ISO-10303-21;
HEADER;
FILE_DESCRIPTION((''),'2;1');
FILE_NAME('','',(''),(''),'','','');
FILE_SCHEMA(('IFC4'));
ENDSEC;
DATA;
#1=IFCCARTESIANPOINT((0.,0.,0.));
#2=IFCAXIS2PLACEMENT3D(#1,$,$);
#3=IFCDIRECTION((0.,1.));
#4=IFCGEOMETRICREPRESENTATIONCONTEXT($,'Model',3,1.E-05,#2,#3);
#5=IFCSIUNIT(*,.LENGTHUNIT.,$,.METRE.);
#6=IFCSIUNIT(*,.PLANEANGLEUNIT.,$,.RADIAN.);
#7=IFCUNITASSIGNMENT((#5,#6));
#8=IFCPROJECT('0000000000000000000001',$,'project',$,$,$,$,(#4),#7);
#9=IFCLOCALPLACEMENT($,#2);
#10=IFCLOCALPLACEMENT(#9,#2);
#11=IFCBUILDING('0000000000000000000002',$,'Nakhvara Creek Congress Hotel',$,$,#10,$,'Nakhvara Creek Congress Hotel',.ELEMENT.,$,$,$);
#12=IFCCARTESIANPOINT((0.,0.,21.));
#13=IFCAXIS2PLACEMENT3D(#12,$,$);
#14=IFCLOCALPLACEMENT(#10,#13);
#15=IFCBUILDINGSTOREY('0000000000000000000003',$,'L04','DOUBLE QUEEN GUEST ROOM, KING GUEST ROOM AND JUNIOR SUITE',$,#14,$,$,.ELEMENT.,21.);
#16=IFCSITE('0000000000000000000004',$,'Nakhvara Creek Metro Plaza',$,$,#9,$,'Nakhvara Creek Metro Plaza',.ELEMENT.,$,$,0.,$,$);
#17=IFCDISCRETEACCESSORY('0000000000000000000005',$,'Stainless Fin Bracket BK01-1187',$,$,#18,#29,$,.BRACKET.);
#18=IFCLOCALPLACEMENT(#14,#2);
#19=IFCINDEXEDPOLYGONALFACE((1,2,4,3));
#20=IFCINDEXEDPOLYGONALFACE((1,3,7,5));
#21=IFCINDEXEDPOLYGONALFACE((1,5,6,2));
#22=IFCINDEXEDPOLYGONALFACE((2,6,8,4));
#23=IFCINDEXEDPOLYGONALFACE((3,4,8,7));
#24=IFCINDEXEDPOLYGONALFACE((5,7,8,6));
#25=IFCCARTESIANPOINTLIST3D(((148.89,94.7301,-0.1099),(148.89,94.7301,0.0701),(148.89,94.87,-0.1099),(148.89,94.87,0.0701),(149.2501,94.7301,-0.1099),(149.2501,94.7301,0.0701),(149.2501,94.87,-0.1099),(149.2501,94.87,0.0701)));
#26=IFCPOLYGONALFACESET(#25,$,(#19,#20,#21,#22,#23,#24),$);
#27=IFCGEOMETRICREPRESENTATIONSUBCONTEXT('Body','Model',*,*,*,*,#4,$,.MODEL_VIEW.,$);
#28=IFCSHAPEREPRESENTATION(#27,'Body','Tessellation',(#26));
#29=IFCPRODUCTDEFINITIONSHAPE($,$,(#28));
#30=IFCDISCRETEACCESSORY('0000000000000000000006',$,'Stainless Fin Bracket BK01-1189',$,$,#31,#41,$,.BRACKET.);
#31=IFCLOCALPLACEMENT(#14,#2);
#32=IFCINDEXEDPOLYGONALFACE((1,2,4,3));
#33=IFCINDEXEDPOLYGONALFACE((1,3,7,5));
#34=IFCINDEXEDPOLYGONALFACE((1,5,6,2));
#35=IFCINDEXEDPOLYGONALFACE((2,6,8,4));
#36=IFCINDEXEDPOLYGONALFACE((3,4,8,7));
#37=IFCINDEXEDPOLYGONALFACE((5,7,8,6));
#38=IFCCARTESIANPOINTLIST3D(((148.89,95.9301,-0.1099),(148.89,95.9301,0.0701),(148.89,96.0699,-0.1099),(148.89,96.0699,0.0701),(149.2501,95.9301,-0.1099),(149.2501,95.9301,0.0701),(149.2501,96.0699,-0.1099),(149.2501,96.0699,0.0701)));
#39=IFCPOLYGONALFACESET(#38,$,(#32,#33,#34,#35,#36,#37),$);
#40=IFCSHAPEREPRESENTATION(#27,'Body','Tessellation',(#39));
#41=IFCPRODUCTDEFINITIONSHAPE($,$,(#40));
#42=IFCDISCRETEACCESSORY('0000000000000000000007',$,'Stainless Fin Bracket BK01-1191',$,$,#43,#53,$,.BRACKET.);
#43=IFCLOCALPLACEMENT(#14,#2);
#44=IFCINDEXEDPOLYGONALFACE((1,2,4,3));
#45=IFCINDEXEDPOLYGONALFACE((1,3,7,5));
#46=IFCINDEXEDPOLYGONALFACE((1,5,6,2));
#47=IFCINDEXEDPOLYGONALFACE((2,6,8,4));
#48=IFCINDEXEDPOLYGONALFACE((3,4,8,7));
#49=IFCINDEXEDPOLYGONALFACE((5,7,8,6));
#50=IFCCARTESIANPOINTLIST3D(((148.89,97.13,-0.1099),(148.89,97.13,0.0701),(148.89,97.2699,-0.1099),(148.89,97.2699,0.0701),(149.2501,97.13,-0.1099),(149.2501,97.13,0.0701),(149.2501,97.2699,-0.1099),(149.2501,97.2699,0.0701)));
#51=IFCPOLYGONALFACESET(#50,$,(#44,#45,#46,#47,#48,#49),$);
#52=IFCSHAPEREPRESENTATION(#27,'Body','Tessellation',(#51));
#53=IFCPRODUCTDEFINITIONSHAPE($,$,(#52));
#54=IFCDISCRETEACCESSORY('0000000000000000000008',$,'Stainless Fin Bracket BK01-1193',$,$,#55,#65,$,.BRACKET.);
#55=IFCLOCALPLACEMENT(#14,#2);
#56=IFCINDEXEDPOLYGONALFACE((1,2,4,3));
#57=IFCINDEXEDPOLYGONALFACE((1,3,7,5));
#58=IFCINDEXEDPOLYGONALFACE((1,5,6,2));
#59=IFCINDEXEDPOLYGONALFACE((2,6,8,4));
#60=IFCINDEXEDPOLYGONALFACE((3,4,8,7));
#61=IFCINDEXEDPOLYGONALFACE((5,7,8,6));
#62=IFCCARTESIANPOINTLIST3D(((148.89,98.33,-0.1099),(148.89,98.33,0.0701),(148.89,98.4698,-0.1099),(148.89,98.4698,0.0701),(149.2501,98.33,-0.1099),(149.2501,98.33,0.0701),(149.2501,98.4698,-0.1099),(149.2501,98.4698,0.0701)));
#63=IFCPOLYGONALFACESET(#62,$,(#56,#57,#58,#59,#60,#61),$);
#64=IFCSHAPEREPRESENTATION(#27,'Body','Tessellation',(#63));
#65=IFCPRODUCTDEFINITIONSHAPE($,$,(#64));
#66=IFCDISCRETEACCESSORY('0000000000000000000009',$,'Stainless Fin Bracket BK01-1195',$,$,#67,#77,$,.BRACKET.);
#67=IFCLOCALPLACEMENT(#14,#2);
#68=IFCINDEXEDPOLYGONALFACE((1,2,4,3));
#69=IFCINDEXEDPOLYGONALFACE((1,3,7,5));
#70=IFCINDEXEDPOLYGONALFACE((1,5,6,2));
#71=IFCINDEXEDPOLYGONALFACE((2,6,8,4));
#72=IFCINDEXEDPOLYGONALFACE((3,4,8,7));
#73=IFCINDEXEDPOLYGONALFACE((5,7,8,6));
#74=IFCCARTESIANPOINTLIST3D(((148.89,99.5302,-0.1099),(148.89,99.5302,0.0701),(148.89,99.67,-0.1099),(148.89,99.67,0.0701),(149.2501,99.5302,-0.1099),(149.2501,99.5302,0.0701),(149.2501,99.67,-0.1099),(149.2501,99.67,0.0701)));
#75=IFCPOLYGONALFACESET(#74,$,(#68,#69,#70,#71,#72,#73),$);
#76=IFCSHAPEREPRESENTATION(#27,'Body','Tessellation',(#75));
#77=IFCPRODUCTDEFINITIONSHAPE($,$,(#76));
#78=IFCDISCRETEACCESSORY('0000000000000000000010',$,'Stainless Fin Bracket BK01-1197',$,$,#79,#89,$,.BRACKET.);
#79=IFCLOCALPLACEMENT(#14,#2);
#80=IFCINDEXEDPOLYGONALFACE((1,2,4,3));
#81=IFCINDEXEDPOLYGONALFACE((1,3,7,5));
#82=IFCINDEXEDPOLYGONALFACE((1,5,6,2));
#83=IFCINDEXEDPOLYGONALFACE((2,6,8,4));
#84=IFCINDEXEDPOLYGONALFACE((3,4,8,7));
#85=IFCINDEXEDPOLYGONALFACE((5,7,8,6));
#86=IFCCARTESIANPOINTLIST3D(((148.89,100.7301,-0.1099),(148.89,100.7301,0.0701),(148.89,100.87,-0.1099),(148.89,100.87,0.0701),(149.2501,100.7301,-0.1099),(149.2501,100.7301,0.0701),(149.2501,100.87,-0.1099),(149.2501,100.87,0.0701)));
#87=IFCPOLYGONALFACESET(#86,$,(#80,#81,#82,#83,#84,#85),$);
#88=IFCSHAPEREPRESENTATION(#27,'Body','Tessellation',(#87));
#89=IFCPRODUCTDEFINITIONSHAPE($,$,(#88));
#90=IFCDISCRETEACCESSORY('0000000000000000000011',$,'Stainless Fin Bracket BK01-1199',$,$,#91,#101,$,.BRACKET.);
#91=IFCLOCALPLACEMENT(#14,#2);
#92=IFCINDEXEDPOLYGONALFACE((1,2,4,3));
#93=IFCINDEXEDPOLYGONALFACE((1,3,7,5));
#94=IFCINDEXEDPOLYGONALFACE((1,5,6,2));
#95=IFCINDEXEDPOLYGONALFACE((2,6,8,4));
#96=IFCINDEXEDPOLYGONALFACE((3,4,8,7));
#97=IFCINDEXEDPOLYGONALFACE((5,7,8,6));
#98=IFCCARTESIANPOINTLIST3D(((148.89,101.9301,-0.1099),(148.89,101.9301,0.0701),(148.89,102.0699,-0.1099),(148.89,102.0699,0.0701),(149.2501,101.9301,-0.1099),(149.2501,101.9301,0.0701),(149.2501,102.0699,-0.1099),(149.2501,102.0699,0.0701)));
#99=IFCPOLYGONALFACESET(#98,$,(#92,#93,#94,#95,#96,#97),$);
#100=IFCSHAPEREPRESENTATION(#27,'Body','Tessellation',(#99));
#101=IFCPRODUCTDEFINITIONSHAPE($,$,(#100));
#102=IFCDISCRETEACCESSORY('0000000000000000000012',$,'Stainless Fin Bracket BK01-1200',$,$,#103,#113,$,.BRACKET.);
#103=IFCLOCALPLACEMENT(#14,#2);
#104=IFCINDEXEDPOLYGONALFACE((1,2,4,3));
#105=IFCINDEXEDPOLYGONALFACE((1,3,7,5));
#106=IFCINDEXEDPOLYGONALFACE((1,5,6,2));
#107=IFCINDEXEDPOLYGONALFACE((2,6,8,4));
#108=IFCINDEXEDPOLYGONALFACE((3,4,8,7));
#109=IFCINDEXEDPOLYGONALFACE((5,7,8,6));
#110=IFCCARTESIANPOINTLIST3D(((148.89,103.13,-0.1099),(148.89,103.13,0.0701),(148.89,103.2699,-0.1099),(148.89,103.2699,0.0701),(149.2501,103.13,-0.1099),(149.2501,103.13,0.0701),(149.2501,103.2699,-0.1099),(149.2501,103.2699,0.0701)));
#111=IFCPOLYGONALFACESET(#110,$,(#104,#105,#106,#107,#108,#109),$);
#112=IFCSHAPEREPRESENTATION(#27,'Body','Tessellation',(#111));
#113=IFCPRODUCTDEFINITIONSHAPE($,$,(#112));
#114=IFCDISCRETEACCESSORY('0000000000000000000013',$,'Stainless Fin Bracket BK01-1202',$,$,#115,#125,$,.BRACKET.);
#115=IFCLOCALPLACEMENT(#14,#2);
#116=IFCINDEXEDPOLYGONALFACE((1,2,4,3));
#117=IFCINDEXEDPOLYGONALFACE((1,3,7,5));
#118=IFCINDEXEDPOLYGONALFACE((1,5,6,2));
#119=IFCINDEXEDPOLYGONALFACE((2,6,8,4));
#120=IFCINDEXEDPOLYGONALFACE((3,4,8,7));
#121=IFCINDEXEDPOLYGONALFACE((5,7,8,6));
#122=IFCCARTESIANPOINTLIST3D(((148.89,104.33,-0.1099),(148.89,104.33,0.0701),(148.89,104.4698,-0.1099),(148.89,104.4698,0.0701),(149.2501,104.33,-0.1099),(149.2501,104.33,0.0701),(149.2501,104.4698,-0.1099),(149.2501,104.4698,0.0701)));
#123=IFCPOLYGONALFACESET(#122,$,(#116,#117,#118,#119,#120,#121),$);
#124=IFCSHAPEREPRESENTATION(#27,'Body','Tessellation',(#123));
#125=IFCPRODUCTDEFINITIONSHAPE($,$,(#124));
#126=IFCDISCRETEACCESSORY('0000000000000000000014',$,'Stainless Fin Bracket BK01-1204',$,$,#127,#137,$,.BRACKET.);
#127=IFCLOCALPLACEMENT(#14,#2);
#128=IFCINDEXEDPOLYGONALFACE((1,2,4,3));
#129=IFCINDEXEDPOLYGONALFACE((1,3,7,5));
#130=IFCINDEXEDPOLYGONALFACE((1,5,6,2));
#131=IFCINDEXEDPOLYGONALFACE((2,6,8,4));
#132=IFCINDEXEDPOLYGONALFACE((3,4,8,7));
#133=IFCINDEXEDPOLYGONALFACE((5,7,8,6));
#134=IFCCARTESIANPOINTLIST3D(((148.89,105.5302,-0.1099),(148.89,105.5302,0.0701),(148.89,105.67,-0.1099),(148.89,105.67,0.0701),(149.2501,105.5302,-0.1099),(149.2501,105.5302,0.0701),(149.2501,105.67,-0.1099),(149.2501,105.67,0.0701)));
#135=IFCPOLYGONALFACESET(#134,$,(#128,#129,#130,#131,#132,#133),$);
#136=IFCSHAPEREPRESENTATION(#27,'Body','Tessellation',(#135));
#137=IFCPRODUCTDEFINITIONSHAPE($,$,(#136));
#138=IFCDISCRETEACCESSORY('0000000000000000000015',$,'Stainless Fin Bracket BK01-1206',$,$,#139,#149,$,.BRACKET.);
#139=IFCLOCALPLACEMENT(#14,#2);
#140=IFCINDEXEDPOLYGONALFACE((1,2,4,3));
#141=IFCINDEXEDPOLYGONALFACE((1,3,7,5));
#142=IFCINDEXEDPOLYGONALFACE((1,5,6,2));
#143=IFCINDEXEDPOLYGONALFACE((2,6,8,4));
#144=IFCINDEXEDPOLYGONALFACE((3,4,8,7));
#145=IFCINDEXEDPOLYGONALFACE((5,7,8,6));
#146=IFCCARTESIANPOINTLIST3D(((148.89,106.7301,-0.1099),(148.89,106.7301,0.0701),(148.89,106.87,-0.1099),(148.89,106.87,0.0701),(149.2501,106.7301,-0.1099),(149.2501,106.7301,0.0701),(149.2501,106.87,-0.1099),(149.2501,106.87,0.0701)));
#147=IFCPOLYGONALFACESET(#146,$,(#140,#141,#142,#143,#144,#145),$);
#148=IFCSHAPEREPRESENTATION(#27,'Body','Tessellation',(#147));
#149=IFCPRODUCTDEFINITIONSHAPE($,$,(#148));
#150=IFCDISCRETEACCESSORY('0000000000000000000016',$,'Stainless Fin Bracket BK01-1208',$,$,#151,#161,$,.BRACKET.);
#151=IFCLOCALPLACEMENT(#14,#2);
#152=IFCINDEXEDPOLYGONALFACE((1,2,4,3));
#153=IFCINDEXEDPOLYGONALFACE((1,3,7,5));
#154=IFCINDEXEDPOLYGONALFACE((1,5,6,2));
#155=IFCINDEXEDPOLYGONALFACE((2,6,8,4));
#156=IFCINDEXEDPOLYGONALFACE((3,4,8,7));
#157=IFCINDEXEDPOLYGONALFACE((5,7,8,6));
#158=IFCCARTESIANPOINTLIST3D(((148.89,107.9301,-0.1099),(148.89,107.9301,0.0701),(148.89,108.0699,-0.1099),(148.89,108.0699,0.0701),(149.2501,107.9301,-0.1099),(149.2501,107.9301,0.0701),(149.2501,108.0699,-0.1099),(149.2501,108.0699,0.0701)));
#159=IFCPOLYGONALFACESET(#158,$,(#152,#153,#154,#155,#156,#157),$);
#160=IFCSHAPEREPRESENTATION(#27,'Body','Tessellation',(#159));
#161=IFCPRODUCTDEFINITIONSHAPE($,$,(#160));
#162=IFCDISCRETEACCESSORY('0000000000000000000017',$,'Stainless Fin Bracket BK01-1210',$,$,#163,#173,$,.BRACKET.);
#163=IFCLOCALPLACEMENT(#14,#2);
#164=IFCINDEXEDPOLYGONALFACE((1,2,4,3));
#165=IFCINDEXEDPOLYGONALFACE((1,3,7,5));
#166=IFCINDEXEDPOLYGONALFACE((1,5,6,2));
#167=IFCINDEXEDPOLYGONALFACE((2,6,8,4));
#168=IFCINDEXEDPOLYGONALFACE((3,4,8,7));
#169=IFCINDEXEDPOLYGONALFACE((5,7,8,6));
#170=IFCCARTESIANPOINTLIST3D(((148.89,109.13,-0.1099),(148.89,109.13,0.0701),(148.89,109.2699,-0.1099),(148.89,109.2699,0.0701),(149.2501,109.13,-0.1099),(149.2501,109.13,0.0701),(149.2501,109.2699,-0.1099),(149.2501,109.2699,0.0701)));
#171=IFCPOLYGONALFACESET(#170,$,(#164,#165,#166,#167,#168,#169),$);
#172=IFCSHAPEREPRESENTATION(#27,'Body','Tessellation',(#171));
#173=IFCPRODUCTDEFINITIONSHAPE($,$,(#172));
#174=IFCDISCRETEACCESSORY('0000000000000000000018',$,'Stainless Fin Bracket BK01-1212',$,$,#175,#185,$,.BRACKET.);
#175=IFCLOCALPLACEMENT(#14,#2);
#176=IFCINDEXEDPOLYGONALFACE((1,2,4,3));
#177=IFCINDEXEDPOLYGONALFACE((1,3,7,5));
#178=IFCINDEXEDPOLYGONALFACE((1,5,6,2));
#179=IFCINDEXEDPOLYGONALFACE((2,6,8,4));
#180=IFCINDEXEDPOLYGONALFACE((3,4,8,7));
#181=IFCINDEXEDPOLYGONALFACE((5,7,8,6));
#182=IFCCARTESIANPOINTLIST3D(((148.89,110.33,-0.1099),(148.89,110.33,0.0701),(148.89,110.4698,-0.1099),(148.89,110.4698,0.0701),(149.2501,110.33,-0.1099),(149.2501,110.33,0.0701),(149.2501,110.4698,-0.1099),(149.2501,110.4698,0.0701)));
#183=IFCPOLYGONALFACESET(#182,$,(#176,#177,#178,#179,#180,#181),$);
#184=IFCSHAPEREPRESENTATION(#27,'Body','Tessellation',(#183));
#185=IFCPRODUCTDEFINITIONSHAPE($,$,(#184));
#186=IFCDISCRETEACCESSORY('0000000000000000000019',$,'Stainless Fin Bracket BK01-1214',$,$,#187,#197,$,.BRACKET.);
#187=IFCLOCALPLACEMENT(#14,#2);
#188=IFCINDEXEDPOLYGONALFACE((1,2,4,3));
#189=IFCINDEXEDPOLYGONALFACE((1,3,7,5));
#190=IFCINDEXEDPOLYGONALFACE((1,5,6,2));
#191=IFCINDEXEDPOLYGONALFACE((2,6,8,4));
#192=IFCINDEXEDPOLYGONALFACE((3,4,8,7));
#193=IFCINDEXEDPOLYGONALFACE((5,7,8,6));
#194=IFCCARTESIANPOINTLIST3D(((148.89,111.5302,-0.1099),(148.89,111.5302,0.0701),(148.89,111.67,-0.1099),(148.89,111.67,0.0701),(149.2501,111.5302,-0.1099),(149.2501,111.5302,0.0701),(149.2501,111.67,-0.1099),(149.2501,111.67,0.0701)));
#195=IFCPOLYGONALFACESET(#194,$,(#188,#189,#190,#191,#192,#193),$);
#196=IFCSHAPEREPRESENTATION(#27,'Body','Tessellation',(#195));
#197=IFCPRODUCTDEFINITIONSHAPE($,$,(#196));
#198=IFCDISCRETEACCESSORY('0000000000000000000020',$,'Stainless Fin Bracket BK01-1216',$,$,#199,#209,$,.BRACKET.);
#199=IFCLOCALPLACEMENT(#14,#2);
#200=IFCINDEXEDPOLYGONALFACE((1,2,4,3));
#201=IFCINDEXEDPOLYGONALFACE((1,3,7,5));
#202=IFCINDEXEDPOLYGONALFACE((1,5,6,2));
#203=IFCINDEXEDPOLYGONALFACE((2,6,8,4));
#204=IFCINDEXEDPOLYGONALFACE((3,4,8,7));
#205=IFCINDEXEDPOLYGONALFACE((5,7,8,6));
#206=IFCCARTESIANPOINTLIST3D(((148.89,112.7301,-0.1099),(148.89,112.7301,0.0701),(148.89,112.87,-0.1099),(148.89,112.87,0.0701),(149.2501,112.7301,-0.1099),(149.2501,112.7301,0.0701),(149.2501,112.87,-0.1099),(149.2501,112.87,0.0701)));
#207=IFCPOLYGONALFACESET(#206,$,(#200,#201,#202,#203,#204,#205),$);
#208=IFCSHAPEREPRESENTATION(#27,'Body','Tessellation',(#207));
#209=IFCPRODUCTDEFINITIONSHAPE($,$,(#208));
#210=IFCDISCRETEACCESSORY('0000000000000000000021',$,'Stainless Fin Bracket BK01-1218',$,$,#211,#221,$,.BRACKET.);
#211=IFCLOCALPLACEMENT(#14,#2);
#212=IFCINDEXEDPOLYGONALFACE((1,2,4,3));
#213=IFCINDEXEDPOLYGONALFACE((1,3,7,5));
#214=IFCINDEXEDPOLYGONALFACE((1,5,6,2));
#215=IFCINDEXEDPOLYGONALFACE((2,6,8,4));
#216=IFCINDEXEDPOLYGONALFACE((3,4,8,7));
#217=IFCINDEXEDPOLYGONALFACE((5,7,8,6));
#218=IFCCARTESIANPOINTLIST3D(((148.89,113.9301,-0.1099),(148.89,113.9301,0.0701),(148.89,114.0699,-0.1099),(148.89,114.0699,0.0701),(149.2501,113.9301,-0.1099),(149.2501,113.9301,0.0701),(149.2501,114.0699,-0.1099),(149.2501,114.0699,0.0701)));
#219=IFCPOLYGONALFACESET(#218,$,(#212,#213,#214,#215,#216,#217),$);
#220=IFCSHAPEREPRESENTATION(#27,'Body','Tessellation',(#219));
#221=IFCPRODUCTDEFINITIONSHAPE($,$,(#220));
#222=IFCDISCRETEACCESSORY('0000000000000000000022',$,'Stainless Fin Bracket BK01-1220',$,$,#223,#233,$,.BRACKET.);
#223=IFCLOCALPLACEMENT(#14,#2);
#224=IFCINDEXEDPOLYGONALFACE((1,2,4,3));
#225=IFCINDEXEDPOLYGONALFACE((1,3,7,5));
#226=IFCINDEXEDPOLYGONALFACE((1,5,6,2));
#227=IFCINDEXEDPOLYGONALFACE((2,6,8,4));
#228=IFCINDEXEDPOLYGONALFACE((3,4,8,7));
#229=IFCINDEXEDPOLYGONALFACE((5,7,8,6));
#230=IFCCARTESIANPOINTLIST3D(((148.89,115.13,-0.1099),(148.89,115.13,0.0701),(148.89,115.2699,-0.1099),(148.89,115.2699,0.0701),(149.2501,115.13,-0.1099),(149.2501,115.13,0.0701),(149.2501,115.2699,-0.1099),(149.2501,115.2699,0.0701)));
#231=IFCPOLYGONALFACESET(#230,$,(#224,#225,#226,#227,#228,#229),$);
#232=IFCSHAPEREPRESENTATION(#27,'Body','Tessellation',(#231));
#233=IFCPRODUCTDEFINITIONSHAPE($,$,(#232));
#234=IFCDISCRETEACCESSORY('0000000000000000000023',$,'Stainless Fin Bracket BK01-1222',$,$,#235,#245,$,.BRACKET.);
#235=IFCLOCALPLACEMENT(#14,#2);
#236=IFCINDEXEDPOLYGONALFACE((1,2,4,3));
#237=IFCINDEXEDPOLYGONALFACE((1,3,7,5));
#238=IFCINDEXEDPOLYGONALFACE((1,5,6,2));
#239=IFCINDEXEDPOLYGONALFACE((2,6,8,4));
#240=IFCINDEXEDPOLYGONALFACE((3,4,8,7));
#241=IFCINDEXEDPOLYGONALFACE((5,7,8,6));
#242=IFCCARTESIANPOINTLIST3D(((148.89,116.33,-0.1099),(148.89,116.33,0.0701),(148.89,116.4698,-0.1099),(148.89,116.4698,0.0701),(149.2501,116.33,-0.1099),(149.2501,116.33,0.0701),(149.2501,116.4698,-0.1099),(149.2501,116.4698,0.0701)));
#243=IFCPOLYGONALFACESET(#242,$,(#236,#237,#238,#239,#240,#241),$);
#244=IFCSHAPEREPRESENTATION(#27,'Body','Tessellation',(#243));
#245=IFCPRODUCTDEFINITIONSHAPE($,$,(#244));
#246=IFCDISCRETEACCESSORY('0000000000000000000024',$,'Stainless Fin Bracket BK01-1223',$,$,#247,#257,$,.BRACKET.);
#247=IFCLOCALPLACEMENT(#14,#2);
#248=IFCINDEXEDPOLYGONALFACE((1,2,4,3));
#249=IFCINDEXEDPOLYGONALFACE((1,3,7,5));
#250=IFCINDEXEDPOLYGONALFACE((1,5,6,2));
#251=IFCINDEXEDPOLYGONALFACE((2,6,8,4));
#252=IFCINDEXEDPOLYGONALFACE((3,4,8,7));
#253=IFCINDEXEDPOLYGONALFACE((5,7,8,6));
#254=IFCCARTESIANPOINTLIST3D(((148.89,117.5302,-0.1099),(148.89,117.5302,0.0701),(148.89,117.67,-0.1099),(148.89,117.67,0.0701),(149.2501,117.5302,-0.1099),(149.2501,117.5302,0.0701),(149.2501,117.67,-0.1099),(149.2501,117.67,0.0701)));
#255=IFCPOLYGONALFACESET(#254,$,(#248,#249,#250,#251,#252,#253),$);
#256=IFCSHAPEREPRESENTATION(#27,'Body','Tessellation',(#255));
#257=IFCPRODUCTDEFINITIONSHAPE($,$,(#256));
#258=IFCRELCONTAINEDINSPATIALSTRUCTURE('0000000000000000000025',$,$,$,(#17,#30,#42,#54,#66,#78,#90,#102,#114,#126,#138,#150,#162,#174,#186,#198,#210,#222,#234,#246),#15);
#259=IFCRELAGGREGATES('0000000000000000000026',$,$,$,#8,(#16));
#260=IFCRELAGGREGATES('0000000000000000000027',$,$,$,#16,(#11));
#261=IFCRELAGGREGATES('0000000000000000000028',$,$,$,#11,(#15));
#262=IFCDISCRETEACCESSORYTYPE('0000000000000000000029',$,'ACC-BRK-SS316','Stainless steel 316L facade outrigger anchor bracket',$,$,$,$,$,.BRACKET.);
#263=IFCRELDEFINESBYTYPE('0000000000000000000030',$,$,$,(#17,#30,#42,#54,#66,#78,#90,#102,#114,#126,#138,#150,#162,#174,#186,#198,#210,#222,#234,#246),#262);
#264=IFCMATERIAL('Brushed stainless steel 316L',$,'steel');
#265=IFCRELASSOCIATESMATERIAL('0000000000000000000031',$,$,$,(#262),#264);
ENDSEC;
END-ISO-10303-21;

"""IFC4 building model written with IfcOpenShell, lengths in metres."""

from ifc_helpers import new_model, si_unit, direction, frame, origin, origin_2d, place, context, subcontext, project, spatial, rectangle, extrude, material, type_object, element, save


model = new_model("IFC4")

# Units and contexts
model_context = context("Model", 3, precision=1e-05, world=origin(), true_north=direction((0.0, 1.0)))
body_context = subcontext(model_context, "Body", "Model", "MODEL_VIEW")
ifc_project = project(units=[si_unit("LENGTHUNIT", "METRE"), si_unit("PLANEANGLEUNIT", "RADIAN")], contexts=[model_context])

# Site, building, storey
site_placement = place(None, origin())
site = spatial("IfcSite", under=ifc_project, at=site_placement, Name="Nakhvara Creek Metro Plaza", LongName="Nakhvara Creek Metro Plaza", CompositionType="ELEMENT", RefElevation=0.0)
building_placement = place(site_placement, origin())
building = spatial("IfcBuilding", under=site, at=building_placement, Name="Nakhvara Creek Congress Hotel", LongName="Nakhvara Creek Congress Hotel", CompositionType="ELEMENT")
storey_placement = place(building_placement, frame((0.0, 0.0, 21.0)))
storey = spatial("IfcBuildingStorey", under=building, at=storey_placement, Name="L04", Description="DOUBLE QUEEN GUEST ROOM, KING GUEST ROOM AND JUNIOR SUITE", CompositionType="ELEMENT", Elevation=21.0)

# Discrete accessories
ifc_material = material(Name="Brushed stainless steel 316L", Category="steel")
discrete_accessory_type = type_object("IfcDiscreteAccessoryType", Name="ACC-BRK-SS316", Description="Stainless steel 316L facade outrigger anchor bracket", PredefinedType="BRACKET", material=ifc_material)
for number, where, z_axis, x_axis, name in (
    (1, (149.0701, 94.8, -0.1099), (0.0, 0.0, 1.0), (0.0, 1.0, 0.0), "Stainless Fin Bracket BK01-1187"),
    (2, (149.0701, 96.0, -0.1099), (0.0, 0.0, 1.0), (0.0, 1.0, 0.0), "Stainless Fin Bracket BK01-1189"),
    (3, (149.0701, 97.2, -0.1099), (0.0, 0.0, 1.0), (0.0, 1.0, 0.0), "Stainless Fin Bracket BK01-1191"),
    (4, (149.0701, 98.3999, -0.1099), (0.0, 0.0, 1.0), (0.0, 1.0, 0.0), "Stainless Fin Bracket BK01-1193"),
    (5, (149.0701, 99.6001, -0.1099), (0.0, 0.0, 1.0), (0.0, 1.0, 0.0), "Stainless Fin Bracket BK01-1195"),
    (6, (149.0701, 100.8, -0.1099), (0.0, 0.0, 1.0), (0.0, 1.0, 0.0), "Stainless Fin Bracket BK01-1197"),
    (7, (149.0701, 102.0, -0.1099), (0.0, 0.0, 1.0), (0.0, 1.0, 0.0), "Stainless Fin Bracket BK01-1199"),
    (8, (149.0701, 103.2, -0.1099), (0.0, 0.0, 1.0), (0.0, 1.0, 0.0), "Stainless Fin Bracket BK01-1200"),
    (9, (149.0701, 104.3999, -0.1099), (0.0, 0.0, 1.0), (0.0, 1.0, 0.0), "Stainless Fin Bracket BK01-1202"),
    (10, (149.0701, 105.6001, -0.1099), (0.0, 0.0, 1.0), (0.0, 1.0, 0.0), "Stainless Fin Bracket BK01-1204"),
    (11, (149.0701, 106.8, -0.1099), (0.0, 0.0, 1.0), (0.0, 1.0, 0.0), "Stainless Fin Bracket BK01-1206"),
    (12, (149.0701, 108.0, -0.1099), (0.0, 0.0, 1.0), (0.0, 1.0, 0.0), "Stainless Fin Bracket BK01-1208"),
    (13, (149.0701, 109.2, -0.1099), (0.0, 0.0, 1.0), (0.0, 1.0, 0.0), "Stainless Fin Bracket BK01-1210"),
    (14, (149.0701, 110.3999, -0.1099), (0.0, 0.0, 1.0), (0.0, 1.0, 0.0), "Stainless Fin Bracket BK01-1212"),
    (15, (149.0701, 111.6001, -0.1099), (0.0, 0.0, 1.0), (0.0, 1.0, 0.0), "Stainless Fin Bracket BK01-1214"),
    (16, (149.0701, 112.8, -0.1099), (0.0, 0.0, 1.0), (0.0, 1.0, 0.0), "Stainless Fin Bracket BK01-1216"),
    (17, (149.0701, 114.0, -0.1099), (0.0, 0.0, 1.0), (0.0, 1.0, 0.0), "Stainless Fin Bracket BK01-1218"),
    (18, (149.0701, 115.2, -0.1099), (0.0, 0.0, 1.0), (0.0, 1.0, 0.0), "Stainless Fin Bracket BK01-1220"),
    (19, (149.0701, 116.3999, -0.1099), (0.0, 0.0, 1.0), (0.0, 1.0, 0.0), "Stainless Fin Bracket BK01-1222"),
    (20, (149.0701, 117.6001, -0.1099), (0.0, 0.0, 1.0), (0.0, 1.0, 0.0), "Stainless Fin Bracket BK01-1223"),
):
    element("IfcDiscreteAccessory", number, at=place(storey_placement, frame(where, z_axis=z_axis, x_axis=x_axis)), inside=storey, type_object=discrete_accessory_type, Name=name, PredefinedType="BRACKET", context=body_context, shape_type="SweptSolid", body=[
        extrude(rectangle(XDim=0.1399, YDim=0.3601, at=origin_2d()), origin(), (0.0, 0.0, 1.0), 0.1799),
    ])

save(model, "model.ifc")
